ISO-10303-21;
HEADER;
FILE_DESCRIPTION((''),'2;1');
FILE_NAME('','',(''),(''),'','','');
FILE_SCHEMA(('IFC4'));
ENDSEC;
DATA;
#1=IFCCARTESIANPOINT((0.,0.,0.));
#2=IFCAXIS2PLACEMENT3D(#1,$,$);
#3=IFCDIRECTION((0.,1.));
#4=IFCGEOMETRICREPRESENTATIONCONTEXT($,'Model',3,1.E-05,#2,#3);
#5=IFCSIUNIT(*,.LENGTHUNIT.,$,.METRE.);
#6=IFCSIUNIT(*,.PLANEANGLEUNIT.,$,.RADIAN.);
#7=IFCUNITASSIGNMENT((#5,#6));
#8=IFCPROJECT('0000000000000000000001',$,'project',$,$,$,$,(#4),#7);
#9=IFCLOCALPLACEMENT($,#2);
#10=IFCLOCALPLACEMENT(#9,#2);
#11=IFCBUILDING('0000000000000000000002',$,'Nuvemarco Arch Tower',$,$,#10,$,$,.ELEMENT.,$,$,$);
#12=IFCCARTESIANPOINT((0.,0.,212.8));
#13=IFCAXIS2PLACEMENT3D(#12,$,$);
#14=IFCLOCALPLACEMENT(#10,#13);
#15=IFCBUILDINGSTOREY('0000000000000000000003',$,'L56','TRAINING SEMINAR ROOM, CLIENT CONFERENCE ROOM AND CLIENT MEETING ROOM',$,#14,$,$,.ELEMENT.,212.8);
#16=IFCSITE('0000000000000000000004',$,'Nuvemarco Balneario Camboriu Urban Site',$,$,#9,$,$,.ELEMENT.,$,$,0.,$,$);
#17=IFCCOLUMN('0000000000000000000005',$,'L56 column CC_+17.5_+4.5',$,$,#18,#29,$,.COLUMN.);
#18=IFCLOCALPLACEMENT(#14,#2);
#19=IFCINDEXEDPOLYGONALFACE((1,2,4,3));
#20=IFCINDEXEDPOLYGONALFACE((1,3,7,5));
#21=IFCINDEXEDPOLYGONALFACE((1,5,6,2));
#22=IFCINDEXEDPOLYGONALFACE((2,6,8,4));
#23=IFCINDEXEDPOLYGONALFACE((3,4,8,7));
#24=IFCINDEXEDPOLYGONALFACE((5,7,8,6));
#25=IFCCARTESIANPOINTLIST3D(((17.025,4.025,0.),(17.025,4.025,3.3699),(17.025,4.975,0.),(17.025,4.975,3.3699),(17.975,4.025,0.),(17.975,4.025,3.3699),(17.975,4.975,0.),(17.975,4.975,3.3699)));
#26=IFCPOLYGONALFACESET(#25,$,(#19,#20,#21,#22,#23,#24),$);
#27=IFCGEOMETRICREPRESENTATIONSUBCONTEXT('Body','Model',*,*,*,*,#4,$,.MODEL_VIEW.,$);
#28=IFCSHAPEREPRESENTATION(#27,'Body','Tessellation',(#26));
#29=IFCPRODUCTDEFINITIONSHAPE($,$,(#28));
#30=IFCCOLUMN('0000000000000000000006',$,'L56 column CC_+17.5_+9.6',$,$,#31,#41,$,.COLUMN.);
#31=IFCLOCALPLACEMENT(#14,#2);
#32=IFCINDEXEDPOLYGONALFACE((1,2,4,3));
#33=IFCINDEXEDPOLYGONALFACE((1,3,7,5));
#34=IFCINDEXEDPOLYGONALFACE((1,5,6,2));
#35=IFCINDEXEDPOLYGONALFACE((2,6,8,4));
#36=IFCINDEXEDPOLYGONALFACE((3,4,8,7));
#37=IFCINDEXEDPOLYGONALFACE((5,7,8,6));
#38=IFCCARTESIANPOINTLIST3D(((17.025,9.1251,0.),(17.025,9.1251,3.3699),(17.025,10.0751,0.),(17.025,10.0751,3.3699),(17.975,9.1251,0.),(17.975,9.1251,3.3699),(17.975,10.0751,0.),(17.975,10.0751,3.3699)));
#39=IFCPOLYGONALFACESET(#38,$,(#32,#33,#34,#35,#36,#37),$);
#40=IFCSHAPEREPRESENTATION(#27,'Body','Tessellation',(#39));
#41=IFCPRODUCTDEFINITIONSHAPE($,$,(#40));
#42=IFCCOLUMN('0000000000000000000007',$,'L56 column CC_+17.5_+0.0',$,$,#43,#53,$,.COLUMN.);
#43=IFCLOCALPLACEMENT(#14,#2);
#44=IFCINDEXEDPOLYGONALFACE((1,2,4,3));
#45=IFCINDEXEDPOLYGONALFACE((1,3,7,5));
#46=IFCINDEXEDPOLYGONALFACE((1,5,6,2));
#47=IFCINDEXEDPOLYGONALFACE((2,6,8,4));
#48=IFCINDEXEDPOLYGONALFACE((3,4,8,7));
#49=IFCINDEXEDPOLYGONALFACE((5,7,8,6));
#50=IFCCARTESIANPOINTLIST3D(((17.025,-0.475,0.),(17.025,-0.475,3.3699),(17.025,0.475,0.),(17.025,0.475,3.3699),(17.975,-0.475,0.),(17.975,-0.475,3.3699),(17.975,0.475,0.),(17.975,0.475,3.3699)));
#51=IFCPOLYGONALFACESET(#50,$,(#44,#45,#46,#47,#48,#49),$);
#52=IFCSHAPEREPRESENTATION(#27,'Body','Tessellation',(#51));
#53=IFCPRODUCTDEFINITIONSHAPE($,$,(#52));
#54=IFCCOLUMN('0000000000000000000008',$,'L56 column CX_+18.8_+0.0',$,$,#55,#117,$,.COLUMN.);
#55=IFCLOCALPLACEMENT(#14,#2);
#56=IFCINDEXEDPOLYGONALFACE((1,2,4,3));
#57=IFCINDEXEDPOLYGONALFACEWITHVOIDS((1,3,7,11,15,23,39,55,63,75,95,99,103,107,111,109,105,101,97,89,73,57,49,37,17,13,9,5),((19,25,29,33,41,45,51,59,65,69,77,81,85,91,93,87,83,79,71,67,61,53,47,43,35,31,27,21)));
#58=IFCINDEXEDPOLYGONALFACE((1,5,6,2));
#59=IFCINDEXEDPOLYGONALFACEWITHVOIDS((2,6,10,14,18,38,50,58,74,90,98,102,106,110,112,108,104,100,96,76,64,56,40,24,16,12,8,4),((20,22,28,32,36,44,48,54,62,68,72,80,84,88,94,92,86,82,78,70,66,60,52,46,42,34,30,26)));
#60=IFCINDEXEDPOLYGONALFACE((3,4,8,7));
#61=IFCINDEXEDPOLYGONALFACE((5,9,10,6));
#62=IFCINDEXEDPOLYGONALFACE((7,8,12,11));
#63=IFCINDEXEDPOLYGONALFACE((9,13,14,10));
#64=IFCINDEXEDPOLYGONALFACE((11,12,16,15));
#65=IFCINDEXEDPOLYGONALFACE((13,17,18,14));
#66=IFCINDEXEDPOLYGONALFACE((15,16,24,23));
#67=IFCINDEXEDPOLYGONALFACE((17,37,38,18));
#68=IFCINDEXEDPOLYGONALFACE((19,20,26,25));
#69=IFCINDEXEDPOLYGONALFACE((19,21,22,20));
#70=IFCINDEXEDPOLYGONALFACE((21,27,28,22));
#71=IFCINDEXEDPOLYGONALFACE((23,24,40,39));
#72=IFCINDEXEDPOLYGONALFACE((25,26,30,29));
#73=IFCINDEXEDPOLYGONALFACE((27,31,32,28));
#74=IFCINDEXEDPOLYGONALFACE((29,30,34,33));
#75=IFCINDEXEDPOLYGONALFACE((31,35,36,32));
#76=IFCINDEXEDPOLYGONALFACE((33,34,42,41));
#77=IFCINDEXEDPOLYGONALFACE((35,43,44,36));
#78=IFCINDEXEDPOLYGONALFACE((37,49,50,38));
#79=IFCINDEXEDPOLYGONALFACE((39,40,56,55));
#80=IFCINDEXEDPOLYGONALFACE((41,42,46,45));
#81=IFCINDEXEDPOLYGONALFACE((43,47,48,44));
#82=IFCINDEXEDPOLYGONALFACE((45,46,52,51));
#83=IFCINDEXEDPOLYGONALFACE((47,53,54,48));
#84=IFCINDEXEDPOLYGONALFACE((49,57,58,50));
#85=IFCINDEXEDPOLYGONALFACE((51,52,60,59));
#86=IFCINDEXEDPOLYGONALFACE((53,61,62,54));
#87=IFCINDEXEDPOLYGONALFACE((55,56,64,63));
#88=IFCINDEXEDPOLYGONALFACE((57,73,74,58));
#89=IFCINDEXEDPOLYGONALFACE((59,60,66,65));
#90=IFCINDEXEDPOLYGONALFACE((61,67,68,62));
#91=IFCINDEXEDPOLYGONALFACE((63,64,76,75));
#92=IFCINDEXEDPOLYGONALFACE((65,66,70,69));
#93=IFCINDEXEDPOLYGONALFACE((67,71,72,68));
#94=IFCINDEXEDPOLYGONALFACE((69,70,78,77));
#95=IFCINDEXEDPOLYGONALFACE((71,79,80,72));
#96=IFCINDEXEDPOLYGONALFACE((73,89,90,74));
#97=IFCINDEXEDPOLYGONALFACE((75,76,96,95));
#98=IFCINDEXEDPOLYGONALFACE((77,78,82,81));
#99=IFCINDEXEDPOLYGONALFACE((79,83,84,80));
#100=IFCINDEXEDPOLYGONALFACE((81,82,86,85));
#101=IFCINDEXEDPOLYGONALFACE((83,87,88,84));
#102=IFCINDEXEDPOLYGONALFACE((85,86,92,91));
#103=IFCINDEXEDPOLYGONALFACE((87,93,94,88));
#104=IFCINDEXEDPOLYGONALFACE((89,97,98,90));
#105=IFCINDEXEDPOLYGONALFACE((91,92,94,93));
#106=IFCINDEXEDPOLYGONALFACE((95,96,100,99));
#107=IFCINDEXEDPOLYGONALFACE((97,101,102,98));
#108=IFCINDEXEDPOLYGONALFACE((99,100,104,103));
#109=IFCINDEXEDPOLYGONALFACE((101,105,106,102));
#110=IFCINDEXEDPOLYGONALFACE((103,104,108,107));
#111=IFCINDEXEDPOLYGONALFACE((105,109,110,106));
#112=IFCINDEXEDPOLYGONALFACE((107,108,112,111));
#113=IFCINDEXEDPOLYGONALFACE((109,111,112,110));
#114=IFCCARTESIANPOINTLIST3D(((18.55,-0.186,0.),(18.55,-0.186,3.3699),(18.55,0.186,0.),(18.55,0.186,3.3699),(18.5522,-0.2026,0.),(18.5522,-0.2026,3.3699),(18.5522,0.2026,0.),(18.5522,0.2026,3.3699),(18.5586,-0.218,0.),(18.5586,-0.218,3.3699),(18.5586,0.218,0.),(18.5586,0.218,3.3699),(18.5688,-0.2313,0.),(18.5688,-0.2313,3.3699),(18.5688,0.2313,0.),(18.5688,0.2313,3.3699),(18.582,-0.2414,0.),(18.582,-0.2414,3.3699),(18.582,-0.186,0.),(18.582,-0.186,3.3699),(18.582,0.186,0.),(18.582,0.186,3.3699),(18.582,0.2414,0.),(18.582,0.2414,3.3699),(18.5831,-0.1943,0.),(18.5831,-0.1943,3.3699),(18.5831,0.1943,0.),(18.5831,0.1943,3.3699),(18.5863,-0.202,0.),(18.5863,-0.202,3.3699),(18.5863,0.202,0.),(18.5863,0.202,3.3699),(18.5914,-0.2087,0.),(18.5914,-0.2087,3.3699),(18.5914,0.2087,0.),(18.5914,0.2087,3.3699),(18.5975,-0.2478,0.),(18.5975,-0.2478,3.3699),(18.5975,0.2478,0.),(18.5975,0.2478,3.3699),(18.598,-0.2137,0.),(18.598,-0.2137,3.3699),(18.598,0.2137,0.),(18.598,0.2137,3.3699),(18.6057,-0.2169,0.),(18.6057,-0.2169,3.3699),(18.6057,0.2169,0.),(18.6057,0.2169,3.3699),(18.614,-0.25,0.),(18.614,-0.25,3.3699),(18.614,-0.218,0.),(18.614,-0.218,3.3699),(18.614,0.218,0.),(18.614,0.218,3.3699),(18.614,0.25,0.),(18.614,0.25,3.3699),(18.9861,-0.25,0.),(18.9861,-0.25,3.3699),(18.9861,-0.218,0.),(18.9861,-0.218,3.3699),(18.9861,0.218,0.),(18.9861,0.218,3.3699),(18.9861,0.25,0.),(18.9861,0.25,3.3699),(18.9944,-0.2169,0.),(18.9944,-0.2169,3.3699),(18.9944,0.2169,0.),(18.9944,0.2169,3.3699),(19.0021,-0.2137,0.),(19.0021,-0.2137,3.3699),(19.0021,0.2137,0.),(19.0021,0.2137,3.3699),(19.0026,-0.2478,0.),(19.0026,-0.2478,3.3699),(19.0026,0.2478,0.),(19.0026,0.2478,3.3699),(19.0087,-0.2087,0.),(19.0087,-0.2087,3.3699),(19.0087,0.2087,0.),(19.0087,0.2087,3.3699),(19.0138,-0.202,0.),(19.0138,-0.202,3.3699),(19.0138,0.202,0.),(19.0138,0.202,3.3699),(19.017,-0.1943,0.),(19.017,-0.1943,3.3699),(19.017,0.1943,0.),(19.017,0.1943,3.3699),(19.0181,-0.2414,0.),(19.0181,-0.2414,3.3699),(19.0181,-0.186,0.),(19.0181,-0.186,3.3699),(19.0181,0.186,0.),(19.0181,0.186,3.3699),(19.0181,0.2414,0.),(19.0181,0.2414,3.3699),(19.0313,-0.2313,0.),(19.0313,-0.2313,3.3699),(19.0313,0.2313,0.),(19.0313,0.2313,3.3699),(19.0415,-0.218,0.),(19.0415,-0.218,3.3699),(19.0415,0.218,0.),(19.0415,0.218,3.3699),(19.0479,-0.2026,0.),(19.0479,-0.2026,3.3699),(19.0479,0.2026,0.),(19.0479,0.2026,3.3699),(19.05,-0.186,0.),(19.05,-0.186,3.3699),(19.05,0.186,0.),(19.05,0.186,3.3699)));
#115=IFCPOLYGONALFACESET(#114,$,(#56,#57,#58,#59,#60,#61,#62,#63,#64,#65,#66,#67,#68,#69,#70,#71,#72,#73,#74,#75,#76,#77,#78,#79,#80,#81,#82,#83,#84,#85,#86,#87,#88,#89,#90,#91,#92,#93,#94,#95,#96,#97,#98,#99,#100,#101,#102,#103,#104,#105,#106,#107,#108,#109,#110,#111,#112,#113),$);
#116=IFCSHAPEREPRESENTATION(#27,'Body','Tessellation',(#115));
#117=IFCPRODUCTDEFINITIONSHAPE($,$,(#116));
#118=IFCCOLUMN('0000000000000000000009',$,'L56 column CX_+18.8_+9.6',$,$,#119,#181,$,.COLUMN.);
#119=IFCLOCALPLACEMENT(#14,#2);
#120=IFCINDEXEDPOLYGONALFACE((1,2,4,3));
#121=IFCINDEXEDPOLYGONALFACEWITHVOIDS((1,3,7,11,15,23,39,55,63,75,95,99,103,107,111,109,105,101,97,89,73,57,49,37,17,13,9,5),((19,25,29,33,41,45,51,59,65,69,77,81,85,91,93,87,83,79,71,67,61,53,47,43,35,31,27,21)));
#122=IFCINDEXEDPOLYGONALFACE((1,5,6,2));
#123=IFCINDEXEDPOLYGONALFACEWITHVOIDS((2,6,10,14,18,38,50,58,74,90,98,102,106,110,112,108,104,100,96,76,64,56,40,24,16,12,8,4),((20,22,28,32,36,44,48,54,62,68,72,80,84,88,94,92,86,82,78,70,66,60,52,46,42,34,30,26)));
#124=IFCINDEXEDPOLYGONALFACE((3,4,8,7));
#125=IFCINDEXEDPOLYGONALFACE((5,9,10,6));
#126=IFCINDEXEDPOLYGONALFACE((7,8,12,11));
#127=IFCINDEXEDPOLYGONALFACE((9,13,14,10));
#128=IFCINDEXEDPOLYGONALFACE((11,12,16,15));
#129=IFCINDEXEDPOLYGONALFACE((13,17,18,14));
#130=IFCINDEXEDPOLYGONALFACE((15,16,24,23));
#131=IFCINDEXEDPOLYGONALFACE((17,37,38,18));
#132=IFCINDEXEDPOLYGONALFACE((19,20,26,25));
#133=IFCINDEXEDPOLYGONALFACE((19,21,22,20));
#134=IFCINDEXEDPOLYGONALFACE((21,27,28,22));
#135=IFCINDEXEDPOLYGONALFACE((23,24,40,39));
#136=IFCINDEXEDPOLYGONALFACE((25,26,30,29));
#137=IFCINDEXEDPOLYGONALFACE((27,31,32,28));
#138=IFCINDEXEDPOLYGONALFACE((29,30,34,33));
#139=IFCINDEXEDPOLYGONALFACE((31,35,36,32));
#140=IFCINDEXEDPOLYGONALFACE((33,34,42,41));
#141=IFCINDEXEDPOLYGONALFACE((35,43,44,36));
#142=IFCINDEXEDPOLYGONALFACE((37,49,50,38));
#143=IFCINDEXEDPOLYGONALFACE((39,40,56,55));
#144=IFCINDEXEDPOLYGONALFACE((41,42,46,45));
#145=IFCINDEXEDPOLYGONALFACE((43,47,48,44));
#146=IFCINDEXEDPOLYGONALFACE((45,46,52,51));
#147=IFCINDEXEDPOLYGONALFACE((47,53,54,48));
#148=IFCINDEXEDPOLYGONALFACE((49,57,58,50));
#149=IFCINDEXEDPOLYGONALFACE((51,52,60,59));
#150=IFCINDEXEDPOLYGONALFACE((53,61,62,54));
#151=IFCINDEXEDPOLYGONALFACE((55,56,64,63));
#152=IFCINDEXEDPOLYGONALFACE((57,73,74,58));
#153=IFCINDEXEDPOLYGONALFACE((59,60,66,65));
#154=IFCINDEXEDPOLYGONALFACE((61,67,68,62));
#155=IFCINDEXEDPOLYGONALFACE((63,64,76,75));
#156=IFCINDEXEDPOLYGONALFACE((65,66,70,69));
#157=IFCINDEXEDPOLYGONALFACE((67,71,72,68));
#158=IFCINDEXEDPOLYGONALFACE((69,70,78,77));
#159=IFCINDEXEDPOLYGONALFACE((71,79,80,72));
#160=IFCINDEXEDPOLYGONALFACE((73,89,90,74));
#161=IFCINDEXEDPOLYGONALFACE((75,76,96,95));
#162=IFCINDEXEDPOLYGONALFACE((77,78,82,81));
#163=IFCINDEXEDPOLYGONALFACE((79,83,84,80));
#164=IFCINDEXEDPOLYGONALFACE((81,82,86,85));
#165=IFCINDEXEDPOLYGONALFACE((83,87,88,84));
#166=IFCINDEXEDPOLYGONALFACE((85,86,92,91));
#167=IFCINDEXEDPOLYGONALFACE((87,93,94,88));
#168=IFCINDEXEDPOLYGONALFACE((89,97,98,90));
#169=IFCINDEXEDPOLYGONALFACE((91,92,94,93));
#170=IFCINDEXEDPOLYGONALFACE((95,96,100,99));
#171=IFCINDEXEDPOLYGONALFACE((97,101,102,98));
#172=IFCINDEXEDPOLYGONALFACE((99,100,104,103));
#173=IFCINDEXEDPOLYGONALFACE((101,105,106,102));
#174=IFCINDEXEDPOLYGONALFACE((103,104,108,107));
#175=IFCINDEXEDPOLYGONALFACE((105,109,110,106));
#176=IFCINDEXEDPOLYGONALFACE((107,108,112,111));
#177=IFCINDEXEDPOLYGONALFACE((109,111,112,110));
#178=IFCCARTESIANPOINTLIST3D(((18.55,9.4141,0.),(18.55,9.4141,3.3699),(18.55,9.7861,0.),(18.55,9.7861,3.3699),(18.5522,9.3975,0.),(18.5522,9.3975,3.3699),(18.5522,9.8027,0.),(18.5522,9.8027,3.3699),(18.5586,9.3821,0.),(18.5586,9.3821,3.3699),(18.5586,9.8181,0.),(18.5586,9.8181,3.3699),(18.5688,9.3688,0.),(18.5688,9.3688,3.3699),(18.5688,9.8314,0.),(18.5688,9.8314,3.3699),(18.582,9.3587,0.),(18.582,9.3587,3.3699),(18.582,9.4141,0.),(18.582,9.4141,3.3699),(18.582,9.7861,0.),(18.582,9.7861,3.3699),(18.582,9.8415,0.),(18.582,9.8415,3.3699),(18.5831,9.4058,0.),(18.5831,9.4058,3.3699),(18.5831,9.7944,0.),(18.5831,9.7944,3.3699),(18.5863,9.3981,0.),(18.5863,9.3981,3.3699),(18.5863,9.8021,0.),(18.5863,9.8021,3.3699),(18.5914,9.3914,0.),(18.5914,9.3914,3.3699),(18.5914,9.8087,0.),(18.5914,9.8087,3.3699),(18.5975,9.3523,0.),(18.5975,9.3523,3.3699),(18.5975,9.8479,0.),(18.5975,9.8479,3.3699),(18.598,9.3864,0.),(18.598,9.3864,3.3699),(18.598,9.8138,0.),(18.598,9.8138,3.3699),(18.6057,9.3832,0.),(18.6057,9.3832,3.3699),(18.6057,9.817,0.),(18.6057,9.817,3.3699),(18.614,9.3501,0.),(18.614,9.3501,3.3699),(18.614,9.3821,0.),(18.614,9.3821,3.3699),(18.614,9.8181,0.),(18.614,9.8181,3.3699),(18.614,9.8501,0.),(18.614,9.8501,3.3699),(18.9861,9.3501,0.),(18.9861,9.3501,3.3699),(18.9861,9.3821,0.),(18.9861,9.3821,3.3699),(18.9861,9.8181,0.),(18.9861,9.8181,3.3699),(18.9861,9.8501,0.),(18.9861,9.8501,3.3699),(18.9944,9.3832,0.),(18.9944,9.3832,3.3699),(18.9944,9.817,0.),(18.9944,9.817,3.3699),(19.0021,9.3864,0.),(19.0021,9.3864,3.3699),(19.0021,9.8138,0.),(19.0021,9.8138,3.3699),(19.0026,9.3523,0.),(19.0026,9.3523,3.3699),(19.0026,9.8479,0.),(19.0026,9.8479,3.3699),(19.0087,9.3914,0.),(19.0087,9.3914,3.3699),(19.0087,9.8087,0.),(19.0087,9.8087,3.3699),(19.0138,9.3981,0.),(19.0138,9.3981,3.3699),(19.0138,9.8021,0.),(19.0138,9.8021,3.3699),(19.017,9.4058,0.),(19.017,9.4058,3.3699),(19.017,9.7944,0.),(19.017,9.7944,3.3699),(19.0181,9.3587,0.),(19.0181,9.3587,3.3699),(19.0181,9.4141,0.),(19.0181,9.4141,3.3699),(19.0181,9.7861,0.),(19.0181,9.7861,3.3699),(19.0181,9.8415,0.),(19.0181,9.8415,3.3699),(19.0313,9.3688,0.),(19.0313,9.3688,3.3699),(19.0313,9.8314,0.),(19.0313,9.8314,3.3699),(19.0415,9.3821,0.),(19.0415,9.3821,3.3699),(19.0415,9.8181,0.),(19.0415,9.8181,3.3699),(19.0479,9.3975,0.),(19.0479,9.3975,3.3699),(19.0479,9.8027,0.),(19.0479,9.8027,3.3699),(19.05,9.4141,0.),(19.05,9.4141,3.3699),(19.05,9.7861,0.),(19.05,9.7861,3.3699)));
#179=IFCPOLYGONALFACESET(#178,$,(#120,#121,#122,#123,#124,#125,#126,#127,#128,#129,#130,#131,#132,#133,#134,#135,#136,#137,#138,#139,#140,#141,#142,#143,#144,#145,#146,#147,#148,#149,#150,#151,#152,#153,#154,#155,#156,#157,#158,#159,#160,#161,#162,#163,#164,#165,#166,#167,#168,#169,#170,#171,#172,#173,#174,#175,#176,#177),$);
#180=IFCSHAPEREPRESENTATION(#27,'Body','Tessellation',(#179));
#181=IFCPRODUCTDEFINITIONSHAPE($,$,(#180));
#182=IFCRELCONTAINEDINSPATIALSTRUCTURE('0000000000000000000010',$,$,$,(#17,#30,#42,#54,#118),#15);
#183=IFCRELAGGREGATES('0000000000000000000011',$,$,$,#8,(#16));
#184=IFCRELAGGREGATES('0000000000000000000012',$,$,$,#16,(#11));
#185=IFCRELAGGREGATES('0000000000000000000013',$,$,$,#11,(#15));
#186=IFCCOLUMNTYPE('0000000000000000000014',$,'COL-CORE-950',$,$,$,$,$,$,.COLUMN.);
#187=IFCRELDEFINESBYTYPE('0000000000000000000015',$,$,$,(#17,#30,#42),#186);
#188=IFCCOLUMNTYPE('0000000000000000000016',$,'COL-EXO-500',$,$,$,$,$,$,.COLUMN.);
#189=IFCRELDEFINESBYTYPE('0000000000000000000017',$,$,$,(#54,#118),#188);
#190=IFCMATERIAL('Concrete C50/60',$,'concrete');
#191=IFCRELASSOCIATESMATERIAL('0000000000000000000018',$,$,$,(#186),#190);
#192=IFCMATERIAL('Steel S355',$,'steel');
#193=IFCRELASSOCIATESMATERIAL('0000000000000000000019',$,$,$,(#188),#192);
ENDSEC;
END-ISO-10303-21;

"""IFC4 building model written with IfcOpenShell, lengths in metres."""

from ifc_helpers import new_model, si_unit, direction, frame, origin, origin_2d, place, context, subcontext, project, spatial, rectangle, hollow_rectangle, extrude, material, material_profile, profile_set, type_object, element, save


model = new_model("IFC4")

# Units and contexts
model_context = context("Model", 3, precision=1e-05, world=origin(), true_north=direction((0.0, 1.0)))
body_context = subcontext(model_context, "Body", "Model", "MODEL_VIEW")
ifc_project = project(units=[si_unit("LENGTHUNIT", "METRE"), si_unit("PLANEANGLEUNIT", "RADIAN")], contexts=[model_context])

# Site, building, storey
site_placement = place(None, origin())
site = spatial("IfcSite", under=ifc_project, at=site_placement, Name="Nuvemarco Balneario Camboriu Urban Site", CompositionType="ELEMENT", RefElevation=0.0)
building_placement = place(site_placement, origin())
building = spatial("IfcBuilding", under=site, at=building_placement, Name="Nuvemarco Arch Tower", CompositionType="ELEMENT")
storey_placement = place(building_placement, frame((0.0, 0.0, 212.8)))
storey = spatial("IfcBuildingStorey", under=building, at=storey_placement, Name="L56", Description="TRAINING SEMINAR ROOM, CLIENT CONFERENCE ROOM AND CLIENT MEETING ROOM", CompositionType="ELEMENT", Elevation=212.8)

# Columns
ifc_material_1 = material(Name="Concrete C50/60", Category="concrete")
ifc_material_profile_1 = material_profile(ifc_material_1, rectangle(XDim=0.95, YDim=0.95, at=origin_2d()), Name="RC-COL-950x950")
ifc_profile_set_1 = profile_set([ifc_material_profile_1], Name="Concrete C50/60")
column_type_1 = type_object("IfcColumnType", Name="COL-CORE-950", PredefinedType="COLUMN", material=ifc_profile_set_1)
for number, where, z_axis, x_axis, name in (
    (1, (17.5, 4.5, 0.0), (0.0, 0.0, 1.0), (1.0, 0.0, 0.0), "L56 column CC_+17.5_+4.5"),
    (2, (17.5, 9.6001, 0.0), (0.0, 0.0, 1.0), (1.0, 0.0, 0.0), "L56 column CC_+17.5_+9.6"),
    (3, (17.5, 0.0, 0.0), (0.0, 0.0, 1.0), (1.0, 0.0, 0.0), "L56 column CC_+17.5_+0.0"),
):
    element("IfcColumn", number, at=place(storey_placement, frame(where, z_axis=z_axis, x_axis=x_axis)), inside=storey, type_object=column_type_1, Name=name, PredefinedType="COLUMN", context=body_context, shape_type="SweptSolid", body=[
        extrude(rectangle(XDim=0.95, YDim=0.95, at=origin_2d()), origin(), (0.0, 0.0, 1.0), 3.3699),
    ])
ifc_material_2 = material(Name="Steel S355", Category="steel")
ifc_material_profile_2 = material_profile(ifc_material_2, hollow_rectangle(XDim=0.5, YDim=0.5, WallThickness=0.032, InnerFilletRadius=0.032, OuterFilletRadius=0.064, at=origin_2d()), Name="SHS500x500x32")
ifc_profile_set_2 = profile_set([ifc_material_profile_2], Name="Steel S355")
column_type_2 = type_object("IfcColumnType", Name="COL-EXO-500", PredefinedType="COLUMN", material=ifc_profile_set_2)
for number, where, z_axis, x_axis, name in (
    (4, (18.8, 0.0, 0.0), (0.0, 0.0, 1.0), (1.0, 0.0, 0.0), "L56 column CX_+18.8_+0.0"),
    (5, (18.8, 9.6001, 0.0), (0.0, 0.0, 1.0), (1.0, 0.0, 0.0), "L56 column CX_+18.8_+9.6"),
):
    element("IfcColumn", number, at=place(storey_placement, frame(where, z_axis=z_axis, x_axis=x_axis)), inside=storey, type_object=column_type_2, Name=name, PredefinedType="COLUMN", context=body_context, shape_type="SweptSolid", body=[
        extrude(hollow_rectangle(XDim=0.5, YDim=0.5, WallThickness=0.032, InnerFilletRadius=0.032, OuterFilletRadius=0.064, at=origin_2d()), origin(), (0.0, 0.0, 1.0), 3.3699),
    ])

save(model, "model.ifc")
